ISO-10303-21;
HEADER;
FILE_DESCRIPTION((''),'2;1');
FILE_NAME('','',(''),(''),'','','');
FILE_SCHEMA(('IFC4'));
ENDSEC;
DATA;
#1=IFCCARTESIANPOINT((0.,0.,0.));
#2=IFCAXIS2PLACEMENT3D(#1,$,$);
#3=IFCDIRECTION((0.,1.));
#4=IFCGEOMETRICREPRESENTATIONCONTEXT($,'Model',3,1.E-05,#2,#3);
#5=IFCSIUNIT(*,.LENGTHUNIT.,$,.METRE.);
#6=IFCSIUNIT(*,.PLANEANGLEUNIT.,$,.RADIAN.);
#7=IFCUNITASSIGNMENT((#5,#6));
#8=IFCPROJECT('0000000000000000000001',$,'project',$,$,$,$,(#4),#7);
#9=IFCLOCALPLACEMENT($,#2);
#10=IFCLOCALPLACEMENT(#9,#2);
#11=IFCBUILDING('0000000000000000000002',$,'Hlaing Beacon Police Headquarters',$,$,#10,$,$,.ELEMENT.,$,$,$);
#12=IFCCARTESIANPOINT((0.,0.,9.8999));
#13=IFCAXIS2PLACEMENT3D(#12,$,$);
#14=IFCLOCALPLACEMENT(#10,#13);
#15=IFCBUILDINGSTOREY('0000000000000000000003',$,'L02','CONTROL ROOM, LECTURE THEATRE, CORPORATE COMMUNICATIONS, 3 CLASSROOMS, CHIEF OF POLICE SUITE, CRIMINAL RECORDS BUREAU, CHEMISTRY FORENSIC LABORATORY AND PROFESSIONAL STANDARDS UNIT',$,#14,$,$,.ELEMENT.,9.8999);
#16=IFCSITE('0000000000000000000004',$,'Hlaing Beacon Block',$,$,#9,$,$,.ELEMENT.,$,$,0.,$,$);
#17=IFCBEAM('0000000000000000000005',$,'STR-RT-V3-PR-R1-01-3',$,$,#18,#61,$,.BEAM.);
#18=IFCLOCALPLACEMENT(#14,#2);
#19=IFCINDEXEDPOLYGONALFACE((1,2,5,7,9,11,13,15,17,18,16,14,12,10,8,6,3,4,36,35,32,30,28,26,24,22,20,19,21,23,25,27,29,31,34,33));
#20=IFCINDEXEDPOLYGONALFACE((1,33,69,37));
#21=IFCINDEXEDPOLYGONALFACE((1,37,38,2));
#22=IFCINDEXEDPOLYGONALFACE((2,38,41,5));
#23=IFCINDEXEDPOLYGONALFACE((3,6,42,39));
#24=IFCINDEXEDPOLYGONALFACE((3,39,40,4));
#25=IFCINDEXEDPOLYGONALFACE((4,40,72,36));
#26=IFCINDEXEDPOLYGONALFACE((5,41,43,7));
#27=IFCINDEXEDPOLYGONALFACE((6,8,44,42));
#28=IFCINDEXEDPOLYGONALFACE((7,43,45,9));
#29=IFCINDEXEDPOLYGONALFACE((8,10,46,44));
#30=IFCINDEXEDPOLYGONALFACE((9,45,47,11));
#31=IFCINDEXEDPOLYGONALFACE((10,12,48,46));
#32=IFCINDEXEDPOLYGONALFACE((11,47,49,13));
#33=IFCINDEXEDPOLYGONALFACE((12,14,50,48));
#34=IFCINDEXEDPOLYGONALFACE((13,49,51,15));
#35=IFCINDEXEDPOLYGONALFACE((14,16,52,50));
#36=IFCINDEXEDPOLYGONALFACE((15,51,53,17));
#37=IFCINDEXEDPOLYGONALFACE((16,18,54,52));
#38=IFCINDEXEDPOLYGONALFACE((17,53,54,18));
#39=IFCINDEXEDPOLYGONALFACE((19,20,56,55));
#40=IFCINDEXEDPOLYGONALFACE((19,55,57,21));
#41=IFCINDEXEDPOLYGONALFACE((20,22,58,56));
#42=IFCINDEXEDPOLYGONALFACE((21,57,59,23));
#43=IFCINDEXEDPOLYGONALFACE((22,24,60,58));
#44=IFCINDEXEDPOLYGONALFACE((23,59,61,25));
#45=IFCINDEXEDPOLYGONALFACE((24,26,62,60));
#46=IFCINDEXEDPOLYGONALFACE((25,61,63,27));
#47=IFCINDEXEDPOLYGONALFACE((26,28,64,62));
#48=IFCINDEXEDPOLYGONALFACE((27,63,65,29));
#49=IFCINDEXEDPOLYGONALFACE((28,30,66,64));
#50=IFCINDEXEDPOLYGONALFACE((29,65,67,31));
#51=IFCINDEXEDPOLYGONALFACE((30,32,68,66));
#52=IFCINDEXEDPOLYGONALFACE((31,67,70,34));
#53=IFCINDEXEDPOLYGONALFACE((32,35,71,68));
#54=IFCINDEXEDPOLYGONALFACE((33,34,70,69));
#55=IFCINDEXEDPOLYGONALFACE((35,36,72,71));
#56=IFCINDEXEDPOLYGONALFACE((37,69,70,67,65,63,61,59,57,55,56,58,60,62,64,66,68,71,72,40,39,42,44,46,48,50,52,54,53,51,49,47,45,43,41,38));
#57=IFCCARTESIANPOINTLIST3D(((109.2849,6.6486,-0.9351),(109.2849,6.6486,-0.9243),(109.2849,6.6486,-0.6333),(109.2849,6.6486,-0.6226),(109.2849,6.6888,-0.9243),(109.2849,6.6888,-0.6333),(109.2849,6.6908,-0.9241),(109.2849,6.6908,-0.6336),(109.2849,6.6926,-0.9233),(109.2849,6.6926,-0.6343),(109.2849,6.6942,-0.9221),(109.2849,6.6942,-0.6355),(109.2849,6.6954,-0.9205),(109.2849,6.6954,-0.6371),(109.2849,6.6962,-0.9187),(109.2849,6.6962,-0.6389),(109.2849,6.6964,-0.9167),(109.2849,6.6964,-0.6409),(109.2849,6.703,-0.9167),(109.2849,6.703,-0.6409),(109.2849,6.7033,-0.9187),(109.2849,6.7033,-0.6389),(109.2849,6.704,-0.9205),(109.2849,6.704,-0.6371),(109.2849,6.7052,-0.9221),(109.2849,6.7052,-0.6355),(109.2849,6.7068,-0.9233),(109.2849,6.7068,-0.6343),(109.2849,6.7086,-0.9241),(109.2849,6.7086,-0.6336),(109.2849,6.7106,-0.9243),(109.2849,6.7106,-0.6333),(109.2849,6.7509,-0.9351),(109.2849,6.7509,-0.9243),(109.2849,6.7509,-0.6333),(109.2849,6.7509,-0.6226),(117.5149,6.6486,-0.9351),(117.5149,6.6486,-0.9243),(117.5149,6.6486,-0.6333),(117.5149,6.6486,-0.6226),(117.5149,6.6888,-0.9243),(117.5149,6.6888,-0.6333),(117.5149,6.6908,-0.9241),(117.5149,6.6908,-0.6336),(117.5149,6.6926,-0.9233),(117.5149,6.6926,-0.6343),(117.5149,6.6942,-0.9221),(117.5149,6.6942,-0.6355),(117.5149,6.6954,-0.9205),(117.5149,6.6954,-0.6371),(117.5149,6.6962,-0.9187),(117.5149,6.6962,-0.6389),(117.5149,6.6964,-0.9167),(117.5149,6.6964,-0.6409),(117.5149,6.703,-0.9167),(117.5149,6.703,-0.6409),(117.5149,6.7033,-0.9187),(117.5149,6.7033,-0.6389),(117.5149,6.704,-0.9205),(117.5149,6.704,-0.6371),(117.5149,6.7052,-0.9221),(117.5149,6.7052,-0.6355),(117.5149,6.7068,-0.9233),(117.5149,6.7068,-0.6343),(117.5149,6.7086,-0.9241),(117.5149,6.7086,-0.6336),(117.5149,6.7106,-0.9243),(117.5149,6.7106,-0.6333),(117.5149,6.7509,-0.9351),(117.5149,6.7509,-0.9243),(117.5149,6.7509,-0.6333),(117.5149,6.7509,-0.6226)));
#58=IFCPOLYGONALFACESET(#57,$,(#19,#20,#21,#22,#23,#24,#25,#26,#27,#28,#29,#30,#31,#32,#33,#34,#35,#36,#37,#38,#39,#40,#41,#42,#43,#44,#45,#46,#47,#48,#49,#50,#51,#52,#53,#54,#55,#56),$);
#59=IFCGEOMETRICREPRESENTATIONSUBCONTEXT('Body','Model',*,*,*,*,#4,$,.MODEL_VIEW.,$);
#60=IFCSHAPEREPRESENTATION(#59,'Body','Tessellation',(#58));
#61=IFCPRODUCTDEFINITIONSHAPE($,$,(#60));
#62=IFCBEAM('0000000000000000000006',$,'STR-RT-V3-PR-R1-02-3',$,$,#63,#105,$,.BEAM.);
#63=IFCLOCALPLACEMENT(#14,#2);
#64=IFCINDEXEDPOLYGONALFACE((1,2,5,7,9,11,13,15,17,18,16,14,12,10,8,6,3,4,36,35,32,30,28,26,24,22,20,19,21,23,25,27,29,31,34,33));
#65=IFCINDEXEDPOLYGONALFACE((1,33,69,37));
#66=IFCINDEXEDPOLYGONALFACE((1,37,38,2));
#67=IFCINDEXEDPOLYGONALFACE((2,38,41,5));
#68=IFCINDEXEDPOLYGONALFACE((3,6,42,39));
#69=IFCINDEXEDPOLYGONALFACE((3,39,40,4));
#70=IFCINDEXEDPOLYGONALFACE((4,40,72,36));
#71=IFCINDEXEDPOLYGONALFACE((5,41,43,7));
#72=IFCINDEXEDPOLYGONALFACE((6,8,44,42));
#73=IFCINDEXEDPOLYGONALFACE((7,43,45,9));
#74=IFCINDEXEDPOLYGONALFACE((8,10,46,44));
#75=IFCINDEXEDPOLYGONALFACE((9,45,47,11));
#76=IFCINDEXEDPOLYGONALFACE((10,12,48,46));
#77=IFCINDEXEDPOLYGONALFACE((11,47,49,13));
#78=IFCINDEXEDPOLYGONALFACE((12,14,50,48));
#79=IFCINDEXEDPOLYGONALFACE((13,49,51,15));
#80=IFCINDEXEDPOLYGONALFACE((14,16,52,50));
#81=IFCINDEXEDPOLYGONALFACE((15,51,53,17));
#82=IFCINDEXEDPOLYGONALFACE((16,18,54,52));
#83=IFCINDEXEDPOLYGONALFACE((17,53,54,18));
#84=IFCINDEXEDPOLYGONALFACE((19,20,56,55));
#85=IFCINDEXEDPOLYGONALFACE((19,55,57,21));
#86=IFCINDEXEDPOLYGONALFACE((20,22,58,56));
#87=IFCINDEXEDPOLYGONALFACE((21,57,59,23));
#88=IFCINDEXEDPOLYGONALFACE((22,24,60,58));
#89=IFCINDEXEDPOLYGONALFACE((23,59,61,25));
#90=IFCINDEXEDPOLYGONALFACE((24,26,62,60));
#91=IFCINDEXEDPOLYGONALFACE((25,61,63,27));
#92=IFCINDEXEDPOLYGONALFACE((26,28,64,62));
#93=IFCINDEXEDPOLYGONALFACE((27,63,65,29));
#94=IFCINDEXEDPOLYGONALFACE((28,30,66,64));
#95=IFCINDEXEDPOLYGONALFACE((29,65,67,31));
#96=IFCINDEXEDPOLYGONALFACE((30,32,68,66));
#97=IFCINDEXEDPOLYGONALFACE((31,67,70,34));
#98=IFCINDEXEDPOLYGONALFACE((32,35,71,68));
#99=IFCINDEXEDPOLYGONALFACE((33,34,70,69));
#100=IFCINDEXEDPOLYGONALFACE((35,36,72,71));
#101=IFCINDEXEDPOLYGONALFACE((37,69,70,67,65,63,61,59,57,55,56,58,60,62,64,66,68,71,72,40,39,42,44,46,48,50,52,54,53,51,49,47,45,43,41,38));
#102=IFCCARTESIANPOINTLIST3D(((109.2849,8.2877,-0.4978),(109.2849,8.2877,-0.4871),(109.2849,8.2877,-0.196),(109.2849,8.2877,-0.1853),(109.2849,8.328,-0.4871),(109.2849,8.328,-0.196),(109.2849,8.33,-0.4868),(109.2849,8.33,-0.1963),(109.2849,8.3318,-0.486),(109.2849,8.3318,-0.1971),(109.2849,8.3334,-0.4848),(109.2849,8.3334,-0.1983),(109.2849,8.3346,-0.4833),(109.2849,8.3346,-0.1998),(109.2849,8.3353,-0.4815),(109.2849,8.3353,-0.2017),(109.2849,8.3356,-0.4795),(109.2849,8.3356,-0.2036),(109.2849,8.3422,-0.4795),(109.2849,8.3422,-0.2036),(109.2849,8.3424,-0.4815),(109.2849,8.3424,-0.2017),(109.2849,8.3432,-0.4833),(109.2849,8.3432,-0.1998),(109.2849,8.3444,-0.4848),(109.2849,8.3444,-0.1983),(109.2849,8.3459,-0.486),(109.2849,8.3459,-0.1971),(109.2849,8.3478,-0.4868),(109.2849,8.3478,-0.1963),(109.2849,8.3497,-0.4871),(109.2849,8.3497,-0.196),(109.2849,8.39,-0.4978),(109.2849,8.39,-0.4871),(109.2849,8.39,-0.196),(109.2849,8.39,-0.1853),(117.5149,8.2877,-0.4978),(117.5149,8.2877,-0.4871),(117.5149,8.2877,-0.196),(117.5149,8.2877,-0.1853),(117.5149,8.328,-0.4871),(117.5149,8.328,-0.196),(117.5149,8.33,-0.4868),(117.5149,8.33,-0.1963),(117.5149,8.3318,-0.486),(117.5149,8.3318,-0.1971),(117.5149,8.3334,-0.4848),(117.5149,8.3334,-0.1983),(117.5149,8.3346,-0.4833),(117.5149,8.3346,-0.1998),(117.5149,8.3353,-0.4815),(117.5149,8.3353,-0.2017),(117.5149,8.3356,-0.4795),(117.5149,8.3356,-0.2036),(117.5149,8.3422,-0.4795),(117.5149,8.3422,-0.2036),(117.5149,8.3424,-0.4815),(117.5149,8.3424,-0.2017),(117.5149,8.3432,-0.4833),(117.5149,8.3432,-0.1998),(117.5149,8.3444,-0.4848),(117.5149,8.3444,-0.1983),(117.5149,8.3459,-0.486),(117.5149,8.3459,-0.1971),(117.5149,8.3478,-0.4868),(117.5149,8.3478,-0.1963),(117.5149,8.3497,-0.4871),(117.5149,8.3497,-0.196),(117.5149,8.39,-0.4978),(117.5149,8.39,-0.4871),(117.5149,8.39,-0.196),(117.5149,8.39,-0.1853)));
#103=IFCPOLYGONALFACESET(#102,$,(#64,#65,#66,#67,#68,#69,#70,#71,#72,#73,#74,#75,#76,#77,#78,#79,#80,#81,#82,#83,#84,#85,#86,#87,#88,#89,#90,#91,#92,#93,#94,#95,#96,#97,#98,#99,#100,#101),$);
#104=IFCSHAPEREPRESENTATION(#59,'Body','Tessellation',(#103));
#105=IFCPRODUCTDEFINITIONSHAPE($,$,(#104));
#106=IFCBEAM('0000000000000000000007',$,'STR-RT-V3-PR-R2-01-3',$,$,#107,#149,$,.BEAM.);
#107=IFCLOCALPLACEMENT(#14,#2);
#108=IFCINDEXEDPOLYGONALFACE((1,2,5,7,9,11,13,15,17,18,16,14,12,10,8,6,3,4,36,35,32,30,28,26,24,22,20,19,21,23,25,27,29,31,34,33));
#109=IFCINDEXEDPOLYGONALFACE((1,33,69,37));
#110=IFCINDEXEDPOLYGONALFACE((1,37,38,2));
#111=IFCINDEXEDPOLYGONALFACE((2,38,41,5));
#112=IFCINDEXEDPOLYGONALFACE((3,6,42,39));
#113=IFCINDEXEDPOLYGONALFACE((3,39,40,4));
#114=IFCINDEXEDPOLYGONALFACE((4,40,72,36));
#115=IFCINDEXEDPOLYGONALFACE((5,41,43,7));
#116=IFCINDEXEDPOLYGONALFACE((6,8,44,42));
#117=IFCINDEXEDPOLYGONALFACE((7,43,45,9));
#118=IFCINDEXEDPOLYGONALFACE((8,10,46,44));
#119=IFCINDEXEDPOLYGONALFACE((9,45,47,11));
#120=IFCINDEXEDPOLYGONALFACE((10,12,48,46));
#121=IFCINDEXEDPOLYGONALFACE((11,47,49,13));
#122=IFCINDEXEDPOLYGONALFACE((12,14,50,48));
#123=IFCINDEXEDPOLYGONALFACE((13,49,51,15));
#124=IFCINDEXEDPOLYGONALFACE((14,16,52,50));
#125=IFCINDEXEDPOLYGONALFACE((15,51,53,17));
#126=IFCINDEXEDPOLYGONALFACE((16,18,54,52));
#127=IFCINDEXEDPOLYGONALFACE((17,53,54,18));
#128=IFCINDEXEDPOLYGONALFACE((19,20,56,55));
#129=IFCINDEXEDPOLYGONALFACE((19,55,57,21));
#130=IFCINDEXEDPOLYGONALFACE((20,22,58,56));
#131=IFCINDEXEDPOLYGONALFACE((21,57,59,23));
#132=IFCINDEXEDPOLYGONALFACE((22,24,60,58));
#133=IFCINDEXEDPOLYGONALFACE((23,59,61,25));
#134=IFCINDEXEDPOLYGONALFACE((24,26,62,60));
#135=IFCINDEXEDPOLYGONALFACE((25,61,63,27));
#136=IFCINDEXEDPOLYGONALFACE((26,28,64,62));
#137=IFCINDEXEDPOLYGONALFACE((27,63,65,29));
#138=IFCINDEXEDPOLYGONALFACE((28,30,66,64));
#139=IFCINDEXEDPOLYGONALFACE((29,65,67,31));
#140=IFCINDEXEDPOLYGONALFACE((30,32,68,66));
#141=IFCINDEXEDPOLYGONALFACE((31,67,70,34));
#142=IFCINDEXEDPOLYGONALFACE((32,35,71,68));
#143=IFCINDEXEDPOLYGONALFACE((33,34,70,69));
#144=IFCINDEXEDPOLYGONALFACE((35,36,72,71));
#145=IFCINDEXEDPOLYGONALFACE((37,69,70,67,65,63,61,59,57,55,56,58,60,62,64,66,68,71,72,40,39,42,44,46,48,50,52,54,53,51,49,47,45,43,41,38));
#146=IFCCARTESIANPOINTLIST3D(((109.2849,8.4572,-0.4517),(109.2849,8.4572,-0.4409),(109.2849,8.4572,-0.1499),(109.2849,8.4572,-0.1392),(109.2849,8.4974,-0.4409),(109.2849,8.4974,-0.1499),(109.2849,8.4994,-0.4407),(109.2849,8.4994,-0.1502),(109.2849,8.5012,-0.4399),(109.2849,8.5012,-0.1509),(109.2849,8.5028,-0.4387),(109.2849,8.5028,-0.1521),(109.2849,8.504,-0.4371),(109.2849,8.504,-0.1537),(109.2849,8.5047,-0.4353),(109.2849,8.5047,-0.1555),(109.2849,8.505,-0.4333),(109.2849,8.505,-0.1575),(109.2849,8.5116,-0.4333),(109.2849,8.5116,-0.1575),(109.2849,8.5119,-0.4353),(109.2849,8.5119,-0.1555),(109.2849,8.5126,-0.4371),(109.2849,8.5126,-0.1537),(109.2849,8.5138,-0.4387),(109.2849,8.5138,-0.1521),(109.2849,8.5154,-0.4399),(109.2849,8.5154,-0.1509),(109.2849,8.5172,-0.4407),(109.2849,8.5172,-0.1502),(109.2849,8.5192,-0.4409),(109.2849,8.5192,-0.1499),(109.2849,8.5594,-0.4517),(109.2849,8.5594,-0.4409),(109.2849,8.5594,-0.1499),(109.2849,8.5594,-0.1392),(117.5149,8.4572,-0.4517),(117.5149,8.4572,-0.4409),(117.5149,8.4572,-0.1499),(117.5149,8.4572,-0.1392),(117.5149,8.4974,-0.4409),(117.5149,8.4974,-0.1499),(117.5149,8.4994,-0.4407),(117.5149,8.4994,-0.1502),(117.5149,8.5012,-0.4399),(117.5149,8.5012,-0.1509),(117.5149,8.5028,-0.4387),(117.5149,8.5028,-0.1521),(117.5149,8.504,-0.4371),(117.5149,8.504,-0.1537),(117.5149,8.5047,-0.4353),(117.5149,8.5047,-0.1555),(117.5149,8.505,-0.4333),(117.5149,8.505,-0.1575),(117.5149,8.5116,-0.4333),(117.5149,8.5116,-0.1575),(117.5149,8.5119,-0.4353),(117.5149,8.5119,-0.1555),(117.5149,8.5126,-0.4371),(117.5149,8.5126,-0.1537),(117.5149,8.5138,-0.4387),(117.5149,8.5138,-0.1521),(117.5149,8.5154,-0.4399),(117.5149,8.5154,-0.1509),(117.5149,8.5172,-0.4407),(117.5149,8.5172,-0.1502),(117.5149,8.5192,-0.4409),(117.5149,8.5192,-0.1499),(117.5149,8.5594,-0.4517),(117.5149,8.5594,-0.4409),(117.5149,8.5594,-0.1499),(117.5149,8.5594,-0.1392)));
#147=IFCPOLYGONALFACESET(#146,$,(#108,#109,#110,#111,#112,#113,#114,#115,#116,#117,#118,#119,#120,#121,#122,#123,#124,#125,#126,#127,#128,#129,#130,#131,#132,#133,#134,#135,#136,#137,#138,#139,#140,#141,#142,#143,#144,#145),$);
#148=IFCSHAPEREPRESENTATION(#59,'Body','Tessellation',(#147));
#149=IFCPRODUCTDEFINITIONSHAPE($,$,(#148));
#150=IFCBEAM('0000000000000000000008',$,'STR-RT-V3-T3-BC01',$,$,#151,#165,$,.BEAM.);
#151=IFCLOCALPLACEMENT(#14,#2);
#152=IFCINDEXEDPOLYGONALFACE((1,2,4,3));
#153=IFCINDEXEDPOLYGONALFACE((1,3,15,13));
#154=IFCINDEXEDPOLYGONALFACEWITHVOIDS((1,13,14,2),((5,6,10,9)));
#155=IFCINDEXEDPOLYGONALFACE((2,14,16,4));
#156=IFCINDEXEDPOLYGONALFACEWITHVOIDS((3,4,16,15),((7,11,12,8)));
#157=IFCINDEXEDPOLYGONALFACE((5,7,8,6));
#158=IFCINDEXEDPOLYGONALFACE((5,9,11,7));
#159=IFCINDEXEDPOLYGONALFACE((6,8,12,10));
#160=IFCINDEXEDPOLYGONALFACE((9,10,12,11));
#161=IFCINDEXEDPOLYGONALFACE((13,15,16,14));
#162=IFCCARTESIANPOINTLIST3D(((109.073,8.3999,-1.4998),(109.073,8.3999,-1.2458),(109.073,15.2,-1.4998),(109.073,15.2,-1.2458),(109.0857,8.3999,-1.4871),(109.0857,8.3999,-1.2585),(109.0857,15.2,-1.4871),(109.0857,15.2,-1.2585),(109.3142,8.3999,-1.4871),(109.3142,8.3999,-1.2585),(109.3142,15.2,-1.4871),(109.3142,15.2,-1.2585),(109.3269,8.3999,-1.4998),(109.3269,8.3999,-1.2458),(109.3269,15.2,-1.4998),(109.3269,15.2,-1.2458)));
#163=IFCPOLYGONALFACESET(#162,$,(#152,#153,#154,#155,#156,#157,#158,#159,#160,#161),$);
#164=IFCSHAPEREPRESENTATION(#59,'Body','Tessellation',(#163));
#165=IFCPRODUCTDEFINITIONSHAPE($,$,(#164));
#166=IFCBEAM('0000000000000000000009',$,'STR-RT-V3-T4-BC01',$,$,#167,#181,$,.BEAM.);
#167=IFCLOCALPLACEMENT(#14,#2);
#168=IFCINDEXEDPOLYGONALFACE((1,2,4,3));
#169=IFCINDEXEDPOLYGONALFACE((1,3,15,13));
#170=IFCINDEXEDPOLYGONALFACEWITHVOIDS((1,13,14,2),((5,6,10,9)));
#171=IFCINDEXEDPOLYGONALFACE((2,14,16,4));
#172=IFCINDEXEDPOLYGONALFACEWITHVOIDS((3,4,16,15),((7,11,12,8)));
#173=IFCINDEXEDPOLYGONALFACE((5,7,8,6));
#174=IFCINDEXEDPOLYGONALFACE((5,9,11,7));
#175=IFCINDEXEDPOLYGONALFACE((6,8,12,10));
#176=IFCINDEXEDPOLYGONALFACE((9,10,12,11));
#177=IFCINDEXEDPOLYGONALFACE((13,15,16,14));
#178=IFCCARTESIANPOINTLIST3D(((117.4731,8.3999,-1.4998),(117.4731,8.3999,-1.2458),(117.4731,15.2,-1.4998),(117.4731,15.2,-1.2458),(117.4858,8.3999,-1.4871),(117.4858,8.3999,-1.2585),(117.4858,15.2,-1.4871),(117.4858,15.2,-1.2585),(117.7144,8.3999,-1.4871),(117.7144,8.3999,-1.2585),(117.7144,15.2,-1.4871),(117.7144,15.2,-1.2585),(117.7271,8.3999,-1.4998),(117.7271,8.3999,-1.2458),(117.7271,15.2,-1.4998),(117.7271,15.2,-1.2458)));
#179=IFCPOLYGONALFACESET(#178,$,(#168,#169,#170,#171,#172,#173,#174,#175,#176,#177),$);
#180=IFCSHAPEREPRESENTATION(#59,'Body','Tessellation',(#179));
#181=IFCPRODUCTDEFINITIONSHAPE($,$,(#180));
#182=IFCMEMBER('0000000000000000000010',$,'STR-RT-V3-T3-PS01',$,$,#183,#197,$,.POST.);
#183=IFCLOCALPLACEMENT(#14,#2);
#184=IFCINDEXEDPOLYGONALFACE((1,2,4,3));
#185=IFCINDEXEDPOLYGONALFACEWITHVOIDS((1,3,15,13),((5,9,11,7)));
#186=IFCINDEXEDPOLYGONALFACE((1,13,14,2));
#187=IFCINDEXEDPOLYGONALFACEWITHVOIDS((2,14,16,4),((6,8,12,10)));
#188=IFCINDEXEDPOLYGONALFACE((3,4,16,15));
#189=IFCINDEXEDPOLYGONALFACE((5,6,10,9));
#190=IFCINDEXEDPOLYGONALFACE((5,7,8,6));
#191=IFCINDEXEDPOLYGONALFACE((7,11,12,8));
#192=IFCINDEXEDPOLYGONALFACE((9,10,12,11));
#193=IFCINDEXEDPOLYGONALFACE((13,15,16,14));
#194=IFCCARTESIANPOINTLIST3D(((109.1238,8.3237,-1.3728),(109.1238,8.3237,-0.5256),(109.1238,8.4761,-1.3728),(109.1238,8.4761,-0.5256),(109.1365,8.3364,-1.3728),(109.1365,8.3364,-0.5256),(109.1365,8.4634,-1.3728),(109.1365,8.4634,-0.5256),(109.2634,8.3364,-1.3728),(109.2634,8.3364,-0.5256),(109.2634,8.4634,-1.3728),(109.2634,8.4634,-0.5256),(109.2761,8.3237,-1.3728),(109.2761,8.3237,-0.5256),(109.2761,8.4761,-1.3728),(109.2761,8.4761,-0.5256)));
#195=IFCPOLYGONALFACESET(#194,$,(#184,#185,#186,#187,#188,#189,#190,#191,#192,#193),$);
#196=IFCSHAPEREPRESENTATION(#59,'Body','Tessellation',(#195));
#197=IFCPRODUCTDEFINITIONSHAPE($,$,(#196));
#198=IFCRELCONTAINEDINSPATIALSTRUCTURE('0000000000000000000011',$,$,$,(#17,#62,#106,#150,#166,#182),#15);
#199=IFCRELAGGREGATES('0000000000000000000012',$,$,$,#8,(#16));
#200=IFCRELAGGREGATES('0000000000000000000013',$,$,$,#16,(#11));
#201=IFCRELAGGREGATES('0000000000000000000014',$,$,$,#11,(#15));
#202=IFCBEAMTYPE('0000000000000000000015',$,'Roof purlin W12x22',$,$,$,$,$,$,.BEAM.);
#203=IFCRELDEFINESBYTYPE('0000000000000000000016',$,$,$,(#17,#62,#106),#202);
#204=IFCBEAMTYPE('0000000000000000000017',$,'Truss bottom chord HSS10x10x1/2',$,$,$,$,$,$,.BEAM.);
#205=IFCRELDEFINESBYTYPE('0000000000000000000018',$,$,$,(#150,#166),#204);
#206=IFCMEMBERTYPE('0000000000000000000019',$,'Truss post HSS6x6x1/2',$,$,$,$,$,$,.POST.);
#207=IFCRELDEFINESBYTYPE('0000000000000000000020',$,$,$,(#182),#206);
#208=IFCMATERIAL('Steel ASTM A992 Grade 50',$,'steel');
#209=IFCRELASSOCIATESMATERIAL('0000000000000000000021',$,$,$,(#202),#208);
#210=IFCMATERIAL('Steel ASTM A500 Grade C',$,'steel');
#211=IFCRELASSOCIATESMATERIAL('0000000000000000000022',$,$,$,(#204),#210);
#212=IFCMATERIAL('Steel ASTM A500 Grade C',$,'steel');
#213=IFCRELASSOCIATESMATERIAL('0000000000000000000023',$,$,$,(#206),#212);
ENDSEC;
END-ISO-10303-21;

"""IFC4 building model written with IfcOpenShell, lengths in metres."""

from ifc_helpers import new_model, si_unit, direction, frame, origin, origin_2d, place, context, subcontext, project, spatial, hollow_rectangle, i_section, extrude, material, material_profile, profile_set, type_object, element, save


model = new_model("IFC4")

# Units and contexts
model_context = context("Model", 3, precision=1e-05, world=origin(), true_north=direction((0.0, 1.0)))
body_context = subcontext(model_context, "Body", "Model", "MODEL_VIEW")
ifc_project = project(units=[si_unit("LENGTHUNIT", "METRE"), si_unit("PLANEANGLEUNIT", "RADIAN")], contexts=[model_context])

# Site, building, storey
site_placement = place(None, origin())
site = spatial("IfcSite", under=ifc_project, at=site_placement, Name="Hlaing Beacon Block", CompositionType="ELEMENT", RefElevation=0.0)
building_placement = place(site_placement, origin())
building = spatial("IfcBuilding", under=site, at=building_placement, Name="Hlaing Beacon Police Headquarters", CompositionType="ELEMENT")
storey_placement = place(building_placement, frame((0.0, 0.0, 9.8999)))
storey = spatial("IfcBuildingStorey", under=building, at=storey_placement, Name="L02", Description="CONTROL ROOM, LECTURE THEATRE, CORPORATE COMMUNICATIONS, 3 CLASSROOMS, CHIEF OF POLICE SUITE, CRIMINAL RECORDS BUREAU, CHEMISTRY FORENSIC LABORATORY AND PROFESSIONAL STANDARDS UNIT", CompositionType="ELEMENT", Elevation=9.8999)

# Beams
ifc_material_1 = material(Name="Steel ASTM A992 Grade 50", Category="steel")
ifc_material_profile_1 = material_profile(ifc_material_1, i_section(OverallWidth=0.1023, OverallDepth=0.3125, WebThickness=0.0066, FlangeThickness=0.0107, FilletRadius=0.0076, at=origin_2d()), Name="W12x22")
ifc_profile_set_1 = profile_set([ifc_material_profile_1], Name="Steel ASTM A992 Grade 50")
beam_type_1 = type_object("IfcBeamType", Name="Roof purlin W12x22", PredefinedType="BEAM", material=ifc_profile_set_1)
for number, where, z_axis, x_axis, name in (
    (1, (109.2849, 6.6997, -0.7788), (1.0, 0.0, 0.0), (0.0, 1.0, 0.0), "STR-RT-V3-PR-R1-01-3"),
    (2, (109.2849, 8.3389, -0.3416), (1.0, 0.0, 0.0), (0.0, 1.0, 0.0), "STR-RT-V3-PR-R1-02-3"),
    (3, (109.2849, 8.5083, -0.2954), (1.0, 0.0, 0.0), (0.0, 1.0, 0.0), "STR-RT-V3-PR-R2-01-3"),
):
    element("IfcBeam", number, at=place(storey_placement, frame(where, z_axis=z_axis, x_axis=x_axis)), inside=storey, type_object=beam_type_1, Name=name, PredefinedType="BEAM", context=body_context, shape_type="SweptSolid", body=[
        extrude(i_section(OverallWidth=0.1023, OverallDepth=0.3125, WebThickness=0.0066, FlangeThickness=0.0107, FilletRadius=0.0076, at=origin_2d()), origin(), (0.0, 0.0, 1.0), 8.23),
    ])
ifc_material_2 = material(Name="Steel ASTM A500 Grade C", Category="steel")
ifc_material_profile_2 = material_profile(ifc_material_2, hollow_rectangle(XDim=0.2539, YDim=0.2539, WallThickness=0.0127, at=origin_2d()), Name="HSS10x10x1/2")
ifc_profile_set_2 = profile_set([ifc_material_profile_2], Name="Steel ASTM A500 Grade C")
beam_type_2 = type_object("IfcBeamType", Name="Truss bottom chord HSS10x10x1/2", PredefinedType="BEAM", material=ifc_profile_set_2)
for number, where, z_axis, x_axis, name in (
    (4, (109.2, 8.3999, -1.3728), (0.0, 1.0, 0.0), (-1.0, 0.0, 0.0), "STR-RT-V3-T3-BC01"),
    (5, (117.6001, 8.3999, -1.3728), (0.0, 1.0, 0.0), (-1.0, 0.0, 0.0), "STR-RT-V3-T4-BC01"),
):
    element("IfcBeam", number, at=place(storey_placement, frame(where, z_axis=z_axis, x_axis=x_axis)), inside=storey, type_object=beam_type_2, Name=name, PredefinedType="BEAM", context=body_context, shape_type="SweptSolid", body=[
        extrude(hollow_rectangle(XDim=0.2539, YDim=0.2539, WallThickness=0.0127, at=origin_2d()), origin(), (0.0, 0.0, 1.0), 6.8),
    ])

# Member
ifc_material_3 = material(Name="Steel ASTM A500 Grade C", Category="steel")
ifc_material_profile_3 = material_profile(ifc_material_3, hollow_rectangle(XDim=0.1523, YDim=0.1523, WallThickness=0.0127, at=origin_2d()), Name="HSS6x6x1/2")
ifc_profile_set_3 = profile_set([ifc_material_profile_3], Name="Steel ASTM A500 Grade C")
member_type_1 = type_object("IfcMemberType", Name="Truss post HSS6x6x1/2", PredefinedType="POST", material=ifc_profile_set_3)
for number, where, z_axis, x_axis, name in (
    (6, (109.2, 8.3999, -1.3728), (0.0, 0.0, 1.0), (1.0, 0.0, 0.0), "STR-RT-V3-T3-PS01"),
):
    element("IfcMember", number, at=place(storey_placement, frame(where, z_axis=z_axis, x_axis=x_axis)), inside=storey, type_object=member_type_1, Name=name, PredefinedType="POST", context=body_context, shape_type="SweptSolid", body=[
        extrude(hollow_rectangle(XDim=0.1523, YDim=0.1523, WallThickness=0.0127, at=origin_2d()), origin(), (0.0, 0.0, 1.0), 0.8472),
    ])

save(model, "model.ifc")
